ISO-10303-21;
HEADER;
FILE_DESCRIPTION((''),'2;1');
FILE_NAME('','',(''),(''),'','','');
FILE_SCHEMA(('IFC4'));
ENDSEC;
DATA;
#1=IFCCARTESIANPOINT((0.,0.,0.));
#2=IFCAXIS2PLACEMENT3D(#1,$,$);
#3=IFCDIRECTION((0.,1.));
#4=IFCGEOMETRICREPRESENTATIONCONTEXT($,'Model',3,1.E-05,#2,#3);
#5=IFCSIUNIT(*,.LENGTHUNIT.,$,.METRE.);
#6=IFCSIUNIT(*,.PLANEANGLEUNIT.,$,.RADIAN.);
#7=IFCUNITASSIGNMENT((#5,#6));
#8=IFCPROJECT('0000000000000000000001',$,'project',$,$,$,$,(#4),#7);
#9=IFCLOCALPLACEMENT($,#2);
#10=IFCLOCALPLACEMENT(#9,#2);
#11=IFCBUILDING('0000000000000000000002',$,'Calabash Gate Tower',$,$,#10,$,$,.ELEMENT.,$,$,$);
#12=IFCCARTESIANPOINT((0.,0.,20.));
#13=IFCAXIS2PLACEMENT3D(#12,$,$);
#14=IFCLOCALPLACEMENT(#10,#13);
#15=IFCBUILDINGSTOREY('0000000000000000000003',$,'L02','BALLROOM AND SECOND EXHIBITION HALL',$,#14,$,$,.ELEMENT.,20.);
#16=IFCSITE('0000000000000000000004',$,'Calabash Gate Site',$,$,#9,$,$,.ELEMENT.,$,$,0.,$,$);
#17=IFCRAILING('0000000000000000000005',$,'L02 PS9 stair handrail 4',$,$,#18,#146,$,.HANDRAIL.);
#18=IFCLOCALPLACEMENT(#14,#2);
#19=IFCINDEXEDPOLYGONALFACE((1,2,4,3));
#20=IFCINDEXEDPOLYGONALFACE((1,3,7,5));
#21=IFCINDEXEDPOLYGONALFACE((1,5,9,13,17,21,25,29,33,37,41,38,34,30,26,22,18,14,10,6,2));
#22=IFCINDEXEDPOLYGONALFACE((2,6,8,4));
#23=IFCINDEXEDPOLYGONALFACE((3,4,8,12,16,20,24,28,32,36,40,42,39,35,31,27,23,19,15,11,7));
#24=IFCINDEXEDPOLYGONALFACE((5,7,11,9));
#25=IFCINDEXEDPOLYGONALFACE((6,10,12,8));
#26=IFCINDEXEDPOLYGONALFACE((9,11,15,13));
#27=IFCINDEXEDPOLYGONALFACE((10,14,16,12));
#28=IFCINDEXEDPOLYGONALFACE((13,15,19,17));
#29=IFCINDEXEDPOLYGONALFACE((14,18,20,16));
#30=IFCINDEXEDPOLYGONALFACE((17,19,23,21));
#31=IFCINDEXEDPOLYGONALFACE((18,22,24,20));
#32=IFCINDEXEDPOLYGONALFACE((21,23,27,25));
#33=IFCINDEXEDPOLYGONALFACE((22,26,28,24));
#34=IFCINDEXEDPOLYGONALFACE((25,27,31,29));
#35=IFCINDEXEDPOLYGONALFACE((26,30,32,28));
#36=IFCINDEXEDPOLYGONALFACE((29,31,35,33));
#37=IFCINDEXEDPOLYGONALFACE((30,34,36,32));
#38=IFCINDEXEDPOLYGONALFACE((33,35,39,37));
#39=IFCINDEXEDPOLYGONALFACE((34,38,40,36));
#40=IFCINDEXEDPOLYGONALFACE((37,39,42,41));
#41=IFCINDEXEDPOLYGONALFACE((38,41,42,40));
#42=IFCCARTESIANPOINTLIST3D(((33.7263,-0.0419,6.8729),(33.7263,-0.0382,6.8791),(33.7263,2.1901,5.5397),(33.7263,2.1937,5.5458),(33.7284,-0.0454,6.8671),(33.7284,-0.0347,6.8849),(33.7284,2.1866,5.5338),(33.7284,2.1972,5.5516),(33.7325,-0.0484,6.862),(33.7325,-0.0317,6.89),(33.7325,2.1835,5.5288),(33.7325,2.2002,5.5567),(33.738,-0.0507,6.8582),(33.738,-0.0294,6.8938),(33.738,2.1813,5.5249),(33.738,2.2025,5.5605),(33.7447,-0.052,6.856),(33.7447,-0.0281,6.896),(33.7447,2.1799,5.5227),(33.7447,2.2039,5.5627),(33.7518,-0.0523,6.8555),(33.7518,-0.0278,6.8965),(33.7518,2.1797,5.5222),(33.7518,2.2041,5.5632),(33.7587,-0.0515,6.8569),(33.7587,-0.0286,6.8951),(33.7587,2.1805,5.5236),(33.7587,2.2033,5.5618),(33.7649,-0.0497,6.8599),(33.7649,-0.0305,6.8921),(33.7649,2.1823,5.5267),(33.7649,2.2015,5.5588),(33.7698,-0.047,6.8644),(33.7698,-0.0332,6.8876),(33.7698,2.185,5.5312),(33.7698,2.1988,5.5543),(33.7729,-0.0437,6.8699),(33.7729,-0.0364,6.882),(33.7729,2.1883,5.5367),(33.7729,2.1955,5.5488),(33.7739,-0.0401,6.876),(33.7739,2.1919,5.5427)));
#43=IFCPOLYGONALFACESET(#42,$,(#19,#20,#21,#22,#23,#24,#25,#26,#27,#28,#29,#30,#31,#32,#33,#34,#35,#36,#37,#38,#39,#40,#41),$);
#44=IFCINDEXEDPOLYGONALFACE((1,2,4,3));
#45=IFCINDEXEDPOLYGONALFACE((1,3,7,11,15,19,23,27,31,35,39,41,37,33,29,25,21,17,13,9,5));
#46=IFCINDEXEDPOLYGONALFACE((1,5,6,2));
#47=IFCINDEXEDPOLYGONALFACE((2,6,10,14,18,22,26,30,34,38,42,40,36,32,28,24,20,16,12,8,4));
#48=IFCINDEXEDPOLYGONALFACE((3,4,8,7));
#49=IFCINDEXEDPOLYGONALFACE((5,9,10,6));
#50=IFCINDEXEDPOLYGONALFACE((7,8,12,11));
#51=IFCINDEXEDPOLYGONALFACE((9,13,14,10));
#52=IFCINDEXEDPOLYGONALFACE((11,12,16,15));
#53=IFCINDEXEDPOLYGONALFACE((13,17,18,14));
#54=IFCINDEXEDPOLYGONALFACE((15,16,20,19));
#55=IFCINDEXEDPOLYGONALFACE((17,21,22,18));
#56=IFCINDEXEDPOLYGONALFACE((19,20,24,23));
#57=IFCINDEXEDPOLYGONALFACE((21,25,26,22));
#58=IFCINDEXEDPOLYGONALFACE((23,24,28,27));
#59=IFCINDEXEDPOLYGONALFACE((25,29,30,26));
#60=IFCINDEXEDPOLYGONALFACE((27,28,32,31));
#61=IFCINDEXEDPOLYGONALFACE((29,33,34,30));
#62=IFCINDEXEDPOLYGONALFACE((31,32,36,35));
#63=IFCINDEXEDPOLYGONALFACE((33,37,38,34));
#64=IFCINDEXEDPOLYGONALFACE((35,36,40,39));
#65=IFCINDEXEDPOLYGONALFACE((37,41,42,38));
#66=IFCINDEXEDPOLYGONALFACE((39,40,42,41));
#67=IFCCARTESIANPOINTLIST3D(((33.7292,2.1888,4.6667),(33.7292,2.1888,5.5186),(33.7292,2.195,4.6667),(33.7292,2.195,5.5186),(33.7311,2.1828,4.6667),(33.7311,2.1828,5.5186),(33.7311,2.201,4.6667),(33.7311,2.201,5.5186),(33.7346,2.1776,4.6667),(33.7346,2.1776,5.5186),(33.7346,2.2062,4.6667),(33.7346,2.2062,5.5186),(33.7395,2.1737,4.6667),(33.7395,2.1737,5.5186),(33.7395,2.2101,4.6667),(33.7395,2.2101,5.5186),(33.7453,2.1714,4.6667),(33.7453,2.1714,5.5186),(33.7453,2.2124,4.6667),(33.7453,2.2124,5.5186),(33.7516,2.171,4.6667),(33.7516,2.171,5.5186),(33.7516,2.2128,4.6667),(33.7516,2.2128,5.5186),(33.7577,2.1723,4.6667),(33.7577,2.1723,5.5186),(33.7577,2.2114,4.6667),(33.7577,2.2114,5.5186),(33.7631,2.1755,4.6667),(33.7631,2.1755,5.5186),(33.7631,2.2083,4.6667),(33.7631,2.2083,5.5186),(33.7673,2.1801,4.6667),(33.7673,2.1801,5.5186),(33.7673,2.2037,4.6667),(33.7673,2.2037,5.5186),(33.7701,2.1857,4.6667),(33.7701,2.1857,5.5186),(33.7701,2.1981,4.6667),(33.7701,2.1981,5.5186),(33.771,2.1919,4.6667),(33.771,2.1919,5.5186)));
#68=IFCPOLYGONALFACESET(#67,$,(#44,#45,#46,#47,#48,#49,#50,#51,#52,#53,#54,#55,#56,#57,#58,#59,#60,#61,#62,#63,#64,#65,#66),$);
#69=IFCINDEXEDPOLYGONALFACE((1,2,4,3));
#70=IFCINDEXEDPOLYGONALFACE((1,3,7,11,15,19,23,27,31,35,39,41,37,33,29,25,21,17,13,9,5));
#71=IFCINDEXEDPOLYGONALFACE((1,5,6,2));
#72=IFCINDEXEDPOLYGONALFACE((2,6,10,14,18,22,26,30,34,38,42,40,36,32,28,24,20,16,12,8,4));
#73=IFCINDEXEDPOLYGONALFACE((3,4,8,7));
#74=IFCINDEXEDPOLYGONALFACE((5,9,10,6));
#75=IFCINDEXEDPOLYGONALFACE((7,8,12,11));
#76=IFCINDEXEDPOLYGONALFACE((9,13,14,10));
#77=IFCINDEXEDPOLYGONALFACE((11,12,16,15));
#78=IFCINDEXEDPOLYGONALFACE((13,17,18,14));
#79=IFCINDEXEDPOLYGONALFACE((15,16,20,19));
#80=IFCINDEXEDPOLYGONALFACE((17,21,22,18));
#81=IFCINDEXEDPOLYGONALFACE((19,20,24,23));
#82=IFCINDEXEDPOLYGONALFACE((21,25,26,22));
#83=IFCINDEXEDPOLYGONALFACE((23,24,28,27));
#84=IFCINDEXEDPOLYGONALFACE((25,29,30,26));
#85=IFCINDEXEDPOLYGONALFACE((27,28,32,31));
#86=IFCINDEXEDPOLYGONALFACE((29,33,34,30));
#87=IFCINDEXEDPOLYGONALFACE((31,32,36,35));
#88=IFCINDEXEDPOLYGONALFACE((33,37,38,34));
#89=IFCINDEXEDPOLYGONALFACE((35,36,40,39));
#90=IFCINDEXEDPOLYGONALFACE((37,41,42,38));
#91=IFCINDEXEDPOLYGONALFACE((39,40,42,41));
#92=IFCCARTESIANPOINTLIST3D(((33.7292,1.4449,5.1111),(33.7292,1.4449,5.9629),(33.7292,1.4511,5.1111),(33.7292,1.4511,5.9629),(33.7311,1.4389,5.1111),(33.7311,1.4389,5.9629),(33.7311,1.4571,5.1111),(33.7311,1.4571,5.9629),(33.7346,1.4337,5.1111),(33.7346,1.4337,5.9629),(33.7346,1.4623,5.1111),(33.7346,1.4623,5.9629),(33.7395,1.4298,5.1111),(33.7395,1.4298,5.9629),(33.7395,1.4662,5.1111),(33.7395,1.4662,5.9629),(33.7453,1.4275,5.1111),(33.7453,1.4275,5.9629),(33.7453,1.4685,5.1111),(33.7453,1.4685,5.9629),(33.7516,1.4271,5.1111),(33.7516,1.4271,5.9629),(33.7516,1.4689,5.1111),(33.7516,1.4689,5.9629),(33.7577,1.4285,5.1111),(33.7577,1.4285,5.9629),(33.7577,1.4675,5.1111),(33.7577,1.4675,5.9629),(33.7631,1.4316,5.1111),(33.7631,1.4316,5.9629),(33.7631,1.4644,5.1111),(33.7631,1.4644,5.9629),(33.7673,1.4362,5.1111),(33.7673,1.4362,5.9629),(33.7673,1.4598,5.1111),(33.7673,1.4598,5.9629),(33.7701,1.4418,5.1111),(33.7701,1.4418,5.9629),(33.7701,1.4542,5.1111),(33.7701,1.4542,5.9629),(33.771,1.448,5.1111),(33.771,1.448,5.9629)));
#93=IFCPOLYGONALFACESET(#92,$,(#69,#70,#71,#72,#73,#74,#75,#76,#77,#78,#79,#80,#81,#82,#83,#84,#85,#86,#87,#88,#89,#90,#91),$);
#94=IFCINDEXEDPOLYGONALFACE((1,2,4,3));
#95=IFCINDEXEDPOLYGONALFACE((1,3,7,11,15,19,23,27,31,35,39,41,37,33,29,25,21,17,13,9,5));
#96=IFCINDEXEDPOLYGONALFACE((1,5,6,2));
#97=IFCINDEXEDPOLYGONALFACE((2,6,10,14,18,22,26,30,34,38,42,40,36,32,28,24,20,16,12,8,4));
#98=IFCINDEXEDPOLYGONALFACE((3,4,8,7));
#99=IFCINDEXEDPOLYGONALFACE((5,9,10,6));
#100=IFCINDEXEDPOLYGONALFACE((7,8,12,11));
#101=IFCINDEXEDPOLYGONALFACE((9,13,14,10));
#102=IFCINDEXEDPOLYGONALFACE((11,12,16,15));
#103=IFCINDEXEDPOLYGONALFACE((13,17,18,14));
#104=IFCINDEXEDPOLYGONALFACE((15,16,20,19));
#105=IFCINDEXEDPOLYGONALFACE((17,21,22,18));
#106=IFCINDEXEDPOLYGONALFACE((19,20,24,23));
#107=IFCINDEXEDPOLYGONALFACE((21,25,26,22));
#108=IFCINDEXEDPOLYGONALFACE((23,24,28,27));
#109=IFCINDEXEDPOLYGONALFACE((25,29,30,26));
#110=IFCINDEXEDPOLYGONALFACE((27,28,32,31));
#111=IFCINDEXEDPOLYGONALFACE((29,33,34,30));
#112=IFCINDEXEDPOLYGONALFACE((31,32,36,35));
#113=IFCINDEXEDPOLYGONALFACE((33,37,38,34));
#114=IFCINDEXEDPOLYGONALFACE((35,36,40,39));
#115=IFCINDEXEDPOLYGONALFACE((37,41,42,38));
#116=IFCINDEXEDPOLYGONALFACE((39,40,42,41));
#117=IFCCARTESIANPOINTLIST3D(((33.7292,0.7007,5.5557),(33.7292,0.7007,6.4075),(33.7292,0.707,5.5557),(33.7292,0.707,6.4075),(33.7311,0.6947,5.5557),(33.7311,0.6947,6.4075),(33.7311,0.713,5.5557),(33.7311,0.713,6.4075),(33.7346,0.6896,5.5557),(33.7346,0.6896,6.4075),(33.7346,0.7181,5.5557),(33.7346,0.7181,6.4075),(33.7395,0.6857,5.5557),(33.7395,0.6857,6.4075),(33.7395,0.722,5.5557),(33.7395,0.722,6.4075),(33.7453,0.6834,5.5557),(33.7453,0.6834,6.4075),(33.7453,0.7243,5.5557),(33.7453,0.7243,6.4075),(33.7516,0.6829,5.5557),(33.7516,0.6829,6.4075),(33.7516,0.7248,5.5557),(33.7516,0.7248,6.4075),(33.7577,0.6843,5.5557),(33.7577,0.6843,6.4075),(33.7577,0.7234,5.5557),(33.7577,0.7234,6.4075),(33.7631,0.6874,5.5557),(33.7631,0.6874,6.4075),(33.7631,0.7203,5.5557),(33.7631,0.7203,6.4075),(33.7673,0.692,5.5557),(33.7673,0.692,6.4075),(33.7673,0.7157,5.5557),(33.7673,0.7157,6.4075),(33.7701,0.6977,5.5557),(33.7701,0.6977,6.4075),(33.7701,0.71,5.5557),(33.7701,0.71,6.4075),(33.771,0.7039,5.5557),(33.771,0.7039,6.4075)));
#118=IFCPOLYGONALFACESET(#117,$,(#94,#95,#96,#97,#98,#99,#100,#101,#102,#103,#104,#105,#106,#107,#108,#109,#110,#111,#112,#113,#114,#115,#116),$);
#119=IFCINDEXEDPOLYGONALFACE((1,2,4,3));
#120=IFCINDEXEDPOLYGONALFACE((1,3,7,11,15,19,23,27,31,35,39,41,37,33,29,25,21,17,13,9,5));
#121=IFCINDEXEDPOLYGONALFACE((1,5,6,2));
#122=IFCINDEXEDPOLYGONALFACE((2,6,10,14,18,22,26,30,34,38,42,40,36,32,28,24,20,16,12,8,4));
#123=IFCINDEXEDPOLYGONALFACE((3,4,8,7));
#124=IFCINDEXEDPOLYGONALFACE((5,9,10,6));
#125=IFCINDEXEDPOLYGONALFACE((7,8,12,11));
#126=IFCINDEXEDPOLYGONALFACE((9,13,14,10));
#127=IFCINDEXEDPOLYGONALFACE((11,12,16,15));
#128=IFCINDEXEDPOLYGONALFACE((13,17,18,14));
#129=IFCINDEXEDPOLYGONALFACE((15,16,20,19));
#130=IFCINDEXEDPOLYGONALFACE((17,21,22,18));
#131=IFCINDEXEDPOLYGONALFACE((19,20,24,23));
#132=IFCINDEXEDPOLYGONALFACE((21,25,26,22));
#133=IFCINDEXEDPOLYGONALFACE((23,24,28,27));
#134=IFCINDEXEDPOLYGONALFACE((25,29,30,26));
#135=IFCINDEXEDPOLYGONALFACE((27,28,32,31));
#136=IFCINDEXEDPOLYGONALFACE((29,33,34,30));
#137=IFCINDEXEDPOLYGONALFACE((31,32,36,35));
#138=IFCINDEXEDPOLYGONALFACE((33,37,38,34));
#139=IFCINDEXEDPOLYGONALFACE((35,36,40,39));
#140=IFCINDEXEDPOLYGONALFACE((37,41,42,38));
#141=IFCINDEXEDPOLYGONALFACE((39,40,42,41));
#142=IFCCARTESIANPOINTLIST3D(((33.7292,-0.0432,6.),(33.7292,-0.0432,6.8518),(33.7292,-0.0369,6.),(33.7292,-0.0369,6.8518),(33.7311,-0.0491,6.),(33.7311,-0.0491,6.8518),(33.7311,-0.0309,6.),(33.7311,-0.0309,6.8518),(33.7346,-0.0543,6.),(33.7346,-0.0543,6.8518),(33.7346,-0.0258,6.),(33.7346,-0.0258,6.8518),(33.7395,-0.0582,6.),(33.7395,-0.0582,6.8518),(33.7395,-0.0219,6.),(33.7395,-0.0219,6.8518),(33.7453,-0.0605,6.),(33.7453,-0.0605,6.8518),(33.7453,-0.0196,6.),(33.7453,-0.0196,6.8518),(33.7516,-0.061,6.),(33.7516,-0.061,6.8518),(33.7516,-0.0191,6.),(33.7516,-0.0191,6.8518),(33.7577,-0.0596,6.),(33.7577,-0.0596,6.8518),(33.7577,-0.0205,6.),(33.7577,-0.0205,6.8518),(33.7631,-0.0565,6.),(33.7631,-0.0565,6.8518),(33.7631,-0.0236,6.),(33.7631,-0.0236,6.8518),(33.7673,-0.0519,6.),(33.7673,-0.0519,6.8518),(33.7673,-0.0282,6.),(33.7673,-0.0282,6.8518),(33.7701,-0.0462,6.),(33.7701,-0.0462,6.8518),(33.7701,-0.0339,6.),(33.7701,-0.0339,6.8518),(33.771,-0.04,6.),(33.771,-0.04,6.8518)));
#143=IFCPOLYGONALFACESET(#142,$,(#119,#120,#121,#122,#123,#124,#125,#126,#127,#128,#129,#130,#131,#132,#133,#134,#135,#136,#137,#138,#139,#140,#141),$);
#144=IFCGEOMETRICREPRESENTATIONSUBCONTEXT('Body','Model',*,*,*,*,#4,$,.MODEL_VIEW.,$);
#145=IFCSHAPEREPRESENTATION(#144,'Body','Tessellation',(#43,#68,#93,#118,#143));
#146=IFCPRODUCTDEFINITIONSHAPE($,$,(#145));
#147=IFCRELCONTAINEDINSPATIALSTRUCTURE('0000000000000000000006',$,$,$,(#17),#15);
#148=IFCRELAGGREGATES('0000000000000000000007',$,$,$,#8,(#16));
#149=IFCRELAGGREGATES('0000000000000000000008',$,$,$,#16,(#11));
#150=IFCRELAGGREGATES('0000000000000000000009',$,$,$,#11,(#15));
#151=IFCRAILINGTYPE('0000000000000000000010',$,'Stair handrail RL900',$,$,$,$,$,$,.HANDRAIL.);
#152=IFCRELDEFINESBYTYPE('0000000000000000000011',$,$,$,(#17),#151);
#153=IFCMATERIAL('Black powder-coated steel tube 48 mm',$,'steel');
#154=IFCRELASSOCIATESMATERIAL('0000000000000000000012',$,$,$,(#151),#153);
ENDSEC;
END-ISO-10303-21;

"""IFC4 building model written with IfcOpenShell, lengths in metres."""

from ifc_helpers import new_model, si_unit, direction, frame, origin, origin_2d, place, context, subcontext, project, spatial, circle, extrude, material, type_object, element, save


model = new_model("IFC4")

# Units and contexts
model_context = context("Model", 3, precision=1e-05, world=origin(), true_north=direction((0.0, 1.0)))
body_context = subcontext(model_context, "Body", "Model", "MODEL_VIEW")
ifc_project = project(units=[si_unit("LENGTHUNIT", "METRE"), si_unit("PLANEANGLEUNIT", "RADIAN")], contexts=[model_context])

# Site, building, storey
site_placement = place(None, origin())
site = spatial("IfcSite", under=ifc_project, at=site_placement, Name="Calabash Gate Site", CompositionType="ELEMENT", RefElevation=0.0)
building_placement = place(site_placement, origin())
building = spatial("IfcBuilding", under=site, at=building_placement, Name="Calabash Gate Tower", CompositionType="ELEMENT")
storey_placement = place(building_placement, frame((0.0, 0.0, 20.0)))
storey = spatial("IfcBuildingStorey", under=building, at=storey_placement, Name="L02", Description="BALLROOM AND SECOND EXHIBITION HALL", CompositionType="ELEMENT", Elevation=20.0)

# Railing
ifc_material_1 = material(Name="Black powder-coated steel tube 48 mm", Category="steel")
railing_type = type_object("IfcRailingType", Name="Stair handrail RL900", PredefinedType="HANDRAIL", material=ifc_material_1)
for number, where, name in (
    (1, (33.75, 2.1919, 4.6667), "L02 PS9 stair handrail 4"),
):
    element("IfcRailing", number, at=place(storey_placement, frame(where)), inside=storey, type_object=railing_type, Name=name, PredefinedType="HANDRAIL", context=body_context, shape_type="SweptSolid", body=[
        extrude(circle(Radius=0.0239, at=origin_2d()), frame((0.0, 0.0, 0.876), z_axis=(0.0, -0.858494, 0.512824), x_axis=(1.0, 0.0, 0.0)), (0.0, 0.0, 1.0), 2.5999),
        extrude(circle(Radius=0.021, at=origin_2d()), origin(), (0.0, 0.0, 1.0), 0.8518),
        extrude(circle(Radius=0.021, at=origin_2d()), frame((0.0, -0.7439, 0.4443)), (0.0, 0.0, 1.0), 0.8518),
        extrude(circle(Radius=0.021, at=origin_2d()), frame((0.0, -1.488, 0.8889)), (0.0, 0.0, 1.0), 0.8518),
        extrude(circle(Radius=0.021, at=origin_2d()), frame((0.0, -2.2319, 1.3333)), (0.0, 0.0, 1.0), 0.8518),
    ])

save(model, "model.ifc")
